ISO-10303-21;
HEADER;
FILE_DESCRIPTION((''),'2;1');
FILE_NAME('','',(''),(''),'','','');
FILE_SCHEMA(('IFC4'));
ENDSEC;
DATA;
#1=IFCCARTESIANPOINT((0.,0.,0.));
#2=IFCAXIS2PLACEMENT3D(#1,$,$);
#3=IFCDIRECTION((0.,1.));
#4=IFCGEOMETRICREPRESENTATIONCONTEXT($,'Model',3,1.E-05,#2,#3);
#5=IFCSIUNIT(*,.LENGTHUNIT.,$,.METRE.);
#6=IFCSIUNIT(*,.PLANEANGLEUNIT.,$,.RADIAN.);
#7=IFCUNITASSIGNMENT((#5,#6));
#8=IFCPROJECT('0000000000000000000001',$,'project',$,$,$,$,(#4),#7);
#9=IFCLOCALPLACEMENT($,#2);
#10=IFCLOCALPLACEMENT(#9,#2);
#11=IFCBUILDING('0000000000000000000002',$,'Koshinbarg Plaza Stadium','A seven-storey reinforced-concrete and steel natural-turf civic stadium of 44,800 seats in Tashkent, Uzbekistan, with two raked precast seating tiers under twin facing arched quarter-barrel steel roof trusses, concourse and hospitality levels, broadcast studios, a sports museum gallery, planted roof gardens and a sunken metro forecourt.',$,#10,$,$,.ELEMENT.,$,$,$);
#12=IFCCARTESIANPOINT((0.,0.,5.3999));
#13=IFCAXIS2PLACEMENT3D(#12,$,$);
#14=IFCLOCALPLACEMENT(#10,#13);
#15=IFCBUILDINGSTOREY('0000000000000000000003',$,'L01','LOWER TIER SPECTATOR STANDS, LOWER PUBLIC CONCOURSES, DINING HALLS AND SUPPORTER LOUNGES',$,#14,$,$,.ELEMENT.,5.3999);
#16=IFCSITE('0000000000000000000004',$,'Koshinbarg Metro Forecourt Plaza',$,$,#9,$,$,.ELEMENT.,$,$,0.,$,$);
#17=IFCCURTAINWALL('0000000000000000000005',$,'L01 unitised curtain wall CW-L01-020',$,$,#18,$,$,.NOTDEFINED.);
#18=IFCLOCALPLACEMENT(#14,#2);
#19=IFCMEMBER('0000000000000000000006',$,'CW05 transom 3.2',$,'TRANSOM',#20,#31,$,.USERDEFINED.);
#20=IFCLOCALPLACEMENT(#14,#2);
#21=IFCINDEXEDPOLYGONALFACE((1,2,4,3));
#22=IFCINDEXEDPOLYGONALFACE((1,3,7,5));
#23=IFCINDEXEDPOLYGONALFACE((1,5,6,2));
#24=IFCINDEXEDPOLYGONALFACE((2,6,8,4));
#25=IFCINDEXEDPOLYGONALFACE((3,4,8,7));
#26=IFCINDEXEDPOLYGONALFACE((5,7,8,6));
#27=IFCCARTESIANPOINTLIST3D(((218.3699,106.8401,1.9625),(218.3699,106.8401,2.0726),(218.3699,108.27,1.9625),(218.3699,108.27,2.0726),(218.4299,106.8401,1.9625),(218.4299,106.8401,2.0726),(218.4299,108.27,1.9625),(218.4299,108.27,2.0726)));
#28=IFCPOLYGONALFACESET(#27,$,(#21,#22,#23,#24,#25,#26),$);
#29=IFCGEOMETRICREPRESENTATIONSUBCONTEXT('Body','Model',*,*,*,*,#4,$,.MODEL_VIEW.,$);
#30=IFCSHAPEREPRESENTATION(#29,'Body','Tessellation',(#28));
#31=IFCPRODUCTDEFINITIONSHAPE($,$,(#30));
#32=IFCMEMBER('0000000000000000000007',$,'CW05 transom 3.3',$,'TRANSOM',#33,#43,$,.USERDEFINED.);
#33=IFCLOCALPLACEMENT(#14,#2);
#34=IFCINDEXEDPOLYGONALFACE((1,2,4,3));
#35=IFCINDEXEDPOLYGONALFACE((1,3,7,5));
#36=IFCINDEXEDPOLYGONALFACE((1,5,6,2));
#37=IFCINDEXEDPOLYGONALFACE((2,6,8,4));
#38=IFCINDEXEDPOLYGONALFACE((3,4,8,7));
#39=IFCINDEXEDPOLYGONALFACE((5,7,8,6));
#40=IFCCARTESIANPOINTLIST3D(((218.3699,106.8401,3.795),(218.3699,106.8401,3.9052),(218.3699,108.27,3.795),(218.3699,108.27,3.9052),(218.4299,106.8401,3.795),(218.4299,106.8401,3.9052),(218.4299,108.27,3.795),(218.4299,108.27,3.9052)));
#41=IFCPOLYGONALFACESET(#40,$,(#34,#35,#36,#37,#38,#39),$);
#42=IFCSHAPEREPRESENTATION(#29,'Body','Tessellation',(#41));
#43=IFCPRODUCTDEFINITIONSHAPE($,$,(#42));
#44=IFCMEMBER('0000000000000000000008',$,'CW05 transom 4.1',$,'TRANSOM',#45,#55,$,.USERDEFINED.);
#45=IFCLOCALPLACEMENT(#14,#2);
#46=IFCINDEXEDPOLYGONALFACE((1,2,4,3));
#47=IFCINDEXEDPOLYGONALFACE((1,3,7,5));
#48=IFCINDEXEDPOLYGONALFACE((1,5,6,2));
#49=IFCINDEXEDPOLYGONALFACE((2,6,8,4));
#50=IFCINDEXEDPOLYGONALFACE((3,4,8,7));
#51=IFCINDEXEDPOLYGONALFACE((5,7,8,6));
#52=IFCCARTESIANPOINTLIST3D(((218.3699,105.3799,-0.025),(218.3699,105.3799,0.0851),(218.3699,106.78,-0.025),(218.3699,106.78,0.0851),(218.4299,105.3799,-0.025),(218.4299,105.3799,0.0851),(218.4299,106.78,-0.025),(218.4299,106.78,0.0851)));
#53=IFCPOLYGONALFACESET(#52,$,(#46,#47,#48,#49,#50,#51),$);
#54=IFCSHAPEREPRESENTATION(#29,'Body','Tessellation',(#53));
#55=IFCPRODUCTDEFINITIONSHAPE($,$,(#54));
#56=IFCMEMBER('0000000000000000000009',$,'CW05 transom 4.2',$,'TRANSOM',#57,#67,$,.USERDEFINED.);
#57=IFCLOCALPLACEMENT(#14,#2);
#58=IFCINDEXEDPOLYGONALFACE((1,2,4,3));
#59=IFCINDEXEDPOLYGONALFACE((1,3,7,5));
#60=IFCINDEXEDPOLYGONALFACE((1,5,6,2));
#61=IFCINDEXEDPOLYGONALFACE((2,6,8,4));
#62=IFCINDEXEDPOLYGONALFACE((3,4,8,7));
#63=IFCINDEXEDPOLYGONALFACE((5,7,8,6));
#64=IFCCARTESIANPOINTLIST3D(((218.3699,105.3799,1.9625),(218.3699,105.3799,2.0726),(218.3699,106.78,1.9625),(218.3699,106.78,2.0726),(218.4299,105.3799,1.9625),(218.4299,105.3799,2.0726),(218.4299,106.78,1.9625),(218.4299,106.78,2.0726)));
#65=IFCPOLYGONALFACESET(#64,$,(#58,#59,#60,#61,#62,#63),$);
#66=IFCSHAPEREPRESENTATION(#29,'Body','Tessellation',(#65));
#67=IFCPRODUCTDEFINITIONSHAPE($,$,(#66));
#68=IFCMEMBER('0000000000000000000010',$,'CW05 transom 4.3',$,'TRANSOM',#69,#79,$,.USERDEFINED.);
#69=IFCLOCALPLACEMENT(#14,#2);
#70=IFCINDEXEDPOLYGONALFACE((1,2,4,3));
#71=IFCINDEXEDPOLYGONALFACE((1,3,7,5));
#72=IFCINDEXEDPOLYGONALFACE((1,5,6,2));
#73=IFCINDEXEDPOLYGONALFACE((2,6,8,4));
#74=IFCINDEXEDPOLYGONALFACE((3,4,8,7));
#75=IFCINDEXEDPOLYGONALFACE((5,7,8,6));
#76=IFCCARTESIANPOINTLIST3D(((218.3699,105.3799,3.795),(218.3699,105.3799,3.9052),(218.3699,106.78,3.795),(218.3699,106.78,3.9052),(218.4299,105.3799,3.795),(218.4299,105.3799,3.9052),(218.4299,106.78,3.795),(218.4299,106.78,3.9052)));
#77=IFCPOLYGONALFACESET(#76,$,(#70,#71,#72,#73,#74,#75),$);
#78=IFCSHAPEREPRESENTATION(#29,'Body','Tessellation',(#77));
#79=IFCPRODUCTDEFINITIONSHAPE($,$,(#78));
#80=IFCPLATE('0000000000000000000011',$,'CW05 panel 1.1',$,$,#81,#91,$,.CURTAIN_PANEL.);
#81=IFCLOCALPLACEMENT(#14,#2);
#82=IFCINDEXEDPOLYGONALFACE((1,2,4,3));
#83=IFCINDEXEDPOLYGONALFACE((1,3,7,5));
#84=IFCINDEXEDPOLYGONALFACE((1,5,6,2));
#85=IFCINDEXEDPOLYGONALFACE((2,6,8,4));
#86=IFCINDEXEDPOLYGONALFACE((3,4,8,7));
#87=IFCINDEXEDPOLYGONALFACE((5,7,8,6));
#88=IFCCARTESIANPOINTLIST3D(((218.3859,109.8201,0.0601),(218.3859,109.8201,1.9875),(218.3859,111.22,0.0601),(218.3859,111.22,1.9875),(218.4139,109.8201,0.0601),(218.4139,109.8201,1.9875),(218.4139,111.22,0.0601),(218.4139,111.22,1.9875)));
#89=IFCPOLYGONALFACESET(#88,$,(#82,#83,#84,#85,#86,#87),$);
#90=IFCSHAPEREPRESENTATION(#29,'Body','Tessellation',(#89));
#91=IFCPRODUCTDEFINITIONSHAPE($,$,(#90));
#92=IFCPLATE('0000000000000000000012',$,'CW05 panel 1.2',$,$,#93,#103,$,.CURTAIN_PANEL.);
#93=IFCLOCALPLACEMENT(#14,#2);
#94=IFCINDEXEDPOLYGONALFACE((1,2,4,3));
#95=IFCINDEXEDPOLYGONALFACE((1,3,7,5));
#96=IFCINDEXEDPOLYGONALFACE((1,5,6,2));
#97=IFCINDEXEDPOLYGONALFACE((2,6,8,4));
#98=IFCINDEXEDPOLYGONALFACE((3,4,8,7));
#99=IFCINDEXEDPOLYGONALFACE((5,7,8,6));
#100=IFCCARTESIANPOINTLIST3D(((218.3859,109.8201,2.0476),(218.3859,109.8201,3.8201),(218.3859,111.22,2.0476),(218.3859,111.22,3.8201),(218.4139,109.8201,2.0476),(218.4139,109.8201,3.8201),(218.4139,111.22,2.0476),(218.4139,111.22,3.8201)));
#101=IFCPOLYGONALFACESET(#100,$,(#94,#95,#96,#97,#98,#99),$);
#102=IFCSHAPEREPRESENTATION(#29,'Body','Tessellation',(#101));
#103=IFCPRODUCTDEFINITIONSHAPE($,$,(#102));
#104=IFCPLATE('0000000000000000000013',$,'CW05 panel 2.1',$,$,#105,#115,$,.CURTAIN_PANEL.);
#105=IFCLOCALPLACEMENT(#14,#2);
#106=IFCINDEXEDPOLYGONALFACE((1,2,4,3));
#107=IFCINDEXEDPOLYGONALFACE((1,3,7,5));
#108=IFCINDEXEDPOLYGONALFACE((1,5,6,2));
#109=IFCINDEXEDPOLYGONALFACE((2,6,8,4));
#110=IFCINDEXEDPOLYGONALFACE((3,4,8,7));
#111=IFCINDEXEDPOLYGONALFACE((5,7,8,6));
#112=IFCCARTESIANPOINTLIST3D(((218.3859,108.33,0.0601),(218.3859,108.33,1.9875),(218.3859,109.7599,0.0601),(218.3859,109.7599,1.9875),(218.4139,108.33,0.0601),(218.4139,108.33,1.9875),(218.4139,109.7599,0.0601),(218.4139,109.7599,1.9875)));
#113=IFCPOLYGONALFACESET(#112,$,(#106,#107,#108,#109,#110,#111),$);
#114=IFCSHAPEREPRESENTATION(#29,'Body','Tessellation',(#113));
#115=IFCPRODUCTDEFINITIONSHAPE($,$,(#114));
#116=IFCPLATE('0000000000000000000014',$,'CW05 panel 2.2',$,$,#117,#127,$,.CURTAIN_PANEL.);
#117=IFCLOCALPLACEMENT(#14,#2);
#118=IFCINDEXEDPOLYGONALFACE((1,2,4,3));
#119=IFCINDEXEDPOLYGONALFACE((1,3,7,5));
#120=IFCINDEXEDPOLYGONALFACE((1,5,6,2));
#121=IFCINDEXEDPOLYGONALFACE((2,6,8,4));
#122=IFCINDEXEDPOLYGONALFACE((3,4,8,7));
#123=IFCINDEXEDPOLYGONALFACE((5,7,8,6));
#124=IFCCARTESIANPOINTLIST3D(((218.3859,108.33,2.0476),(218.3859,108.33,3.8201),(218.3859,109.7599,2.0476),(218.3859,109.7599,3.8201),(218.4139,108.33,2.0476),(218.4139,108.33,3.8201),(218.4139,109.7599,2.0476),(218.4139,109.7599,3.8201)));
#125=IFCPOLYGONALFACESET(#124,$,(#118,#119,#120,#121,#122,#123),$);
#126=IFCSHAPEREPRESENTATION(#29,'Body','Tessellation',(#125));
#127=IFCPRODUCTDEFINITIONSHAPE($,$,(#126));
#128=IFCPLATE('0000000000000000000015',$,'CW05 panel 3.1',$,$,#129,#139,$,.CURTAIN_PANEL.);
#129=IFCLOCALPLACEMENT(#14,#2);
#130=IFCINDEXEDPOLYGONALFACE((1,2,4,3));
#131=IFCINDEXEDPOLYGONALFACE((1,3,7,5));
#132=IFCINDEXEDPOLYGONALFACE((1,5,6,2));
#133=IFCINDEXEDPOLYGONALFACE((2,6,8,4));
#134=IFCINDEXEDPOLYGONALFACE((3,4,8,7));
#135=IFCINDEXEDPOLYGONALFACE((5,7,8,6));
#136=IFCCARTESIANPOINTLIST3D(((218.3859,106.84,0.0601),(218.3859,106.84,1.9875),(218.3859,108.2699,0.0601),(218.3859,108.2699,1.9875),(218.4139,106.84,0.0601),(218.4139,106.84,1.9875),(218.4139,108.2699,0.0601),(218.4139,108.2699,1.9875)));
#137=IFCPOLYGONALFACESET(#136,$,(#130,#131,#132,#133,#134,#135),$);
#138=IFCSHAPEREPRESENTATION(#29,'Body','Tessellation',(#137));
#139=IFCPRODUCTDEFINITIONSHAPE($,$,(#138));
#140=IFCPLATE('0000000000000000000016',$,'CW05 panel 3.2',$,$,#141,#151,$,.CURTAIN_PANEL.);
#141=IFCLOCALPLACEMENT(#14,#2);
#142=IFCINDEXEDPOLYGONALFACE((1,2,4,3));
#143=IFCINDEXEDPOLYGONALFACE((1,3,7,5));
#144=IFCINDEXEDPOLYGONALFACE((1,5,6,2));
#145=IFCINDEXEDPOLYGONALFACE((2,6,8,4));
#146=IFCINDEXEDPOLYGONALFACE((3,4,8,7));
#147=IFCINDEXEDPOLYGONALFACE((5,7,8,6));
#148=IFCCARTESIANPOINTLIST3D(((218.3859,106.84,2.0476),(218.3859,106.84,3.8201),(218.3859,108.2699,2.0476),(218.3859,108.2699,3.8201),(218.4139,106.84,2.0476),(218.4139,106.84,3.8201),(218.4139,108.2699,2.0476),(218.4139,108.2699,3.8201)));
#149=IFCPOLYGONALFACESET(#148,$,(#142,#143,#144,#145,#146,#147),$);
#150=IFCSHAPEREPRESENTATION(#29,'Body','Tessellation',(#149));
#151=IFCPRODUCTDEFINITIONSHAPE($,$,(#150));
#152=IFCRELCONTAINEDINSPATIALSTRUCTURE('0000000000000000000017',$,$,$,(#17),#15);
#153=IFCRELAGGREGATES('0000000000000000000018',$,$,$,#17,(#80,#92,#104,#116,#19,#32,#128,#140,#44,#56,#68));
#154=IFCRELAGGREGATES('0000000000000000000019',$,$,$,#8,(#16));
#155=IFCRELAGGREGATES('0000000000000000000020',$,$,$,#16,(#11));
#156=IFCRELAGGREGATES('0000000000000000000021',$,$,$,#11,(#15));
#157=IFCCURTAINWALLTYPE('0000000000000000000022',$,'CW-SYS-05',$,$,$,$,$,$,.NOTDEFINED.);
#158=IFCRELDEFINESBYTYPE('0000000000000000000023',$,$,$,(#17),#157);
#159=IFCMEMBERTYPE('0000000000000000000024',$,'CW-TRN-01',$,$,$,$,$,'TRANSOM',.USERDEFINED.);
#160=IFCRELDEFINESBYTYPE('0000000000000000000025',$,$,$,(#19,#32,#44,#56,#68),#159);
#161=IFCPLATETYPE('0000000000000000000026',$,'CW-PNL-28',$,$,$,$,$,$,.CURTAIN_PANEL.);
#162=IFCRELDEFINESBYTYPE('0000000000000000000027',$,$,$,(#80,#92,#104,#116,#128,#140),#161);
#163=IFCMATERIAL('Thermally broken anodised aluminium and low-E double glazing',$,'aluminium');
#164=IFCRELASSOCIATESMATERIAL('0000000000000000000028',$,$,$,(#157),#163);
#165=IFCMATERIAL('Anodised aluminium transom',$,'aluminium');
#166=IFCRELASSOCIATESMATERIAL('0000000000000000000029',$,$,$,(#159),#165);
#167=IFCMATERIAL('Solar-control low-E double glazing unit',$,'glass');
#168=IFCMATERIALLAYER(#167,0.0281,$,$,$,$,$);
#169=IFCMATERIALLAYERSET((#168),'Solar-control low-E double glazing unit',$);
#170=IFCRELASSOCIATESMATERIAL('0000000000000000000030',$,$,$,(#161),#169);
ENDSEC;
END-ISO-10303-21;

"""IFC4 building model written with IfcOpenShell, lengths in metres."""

from ifc_helpers import new_model, si_unit, direction, frame, origin, origin_2d, place, context, subcontext, project, spatial, rectangle, extrude, material, layer, layer_set, material_profile, profile_set, type_object, element, aggregate, save


model = new_model("IFC4")

# Units and contexts
model_context = context("Model", 3, precision=1e-05, world=origin(), true_north=direction((0.0, 1.0)))
body_context = subcontext(model_context, "Body", "Model", "MODEL_VIEW")
ifc_project = project(units=[si_unit("LENGTHUNIT", "METRE"), si_unit("PLANEANGLEUNIT", "RADIAN")], contexts=[model_context])

# Site, building, storey
site_placement = place(None, origin())
site = spatial("IfcSite", under=ifc_project, at=site_placement, Name="Koshinbarg Metro Forecourt Plaza", CompositionType="ELEMENT", RefElevation=0.0)
building_placement = place(site_placement, origin())
building = spatial("IfcBuilding", under=site, at=building_placement, Name="Koshinbarg Plaza Stadium", Description="A seven-storey reinforced-concrete and steel natural-turf civic stadium of 44,800 seats in Tashkent, Uzbekistan, with two raked precast seating tiers under twin facing arched quarter-barrel steel roof trusses, concourse and hospitality levels, broadcast studios, a sports museum gallery, planted roof gardens and a sunken metro forecourt.", CompositionType="ELEMENT")
storey_placement = place(building_placement, frame((0.0, 0.0, 5.3999)))
storey = spatial("IfcBuildingStorey", under=building, at=storey_placement, Name="L01", Description="LOWER TIER SPECTATOR STANDS, LOWER PUBLIC CONCOURSES, DINING HALLS AND SUPPORTER LOUNGES", CompositionType="ELEMENT", Elevation=5.3999)

# Curtain wall, members, plates
ifc_material_1 = material(Name="Thermally broken anodised aluminium and low-E double glazing", Category="aluminium")
curtain_wall_type = type_object("IfcCurtainWallType", Name="CW-SYS-05", PredefinedType="NOTDEFINED", material=ifc_material_1)
curtain_wall_placement = place(storey_placement, origin())
curtain_wall = element("IfcCurtainWall", 1, at=curtain_wall_placement, inside=storey, type_object=curtain_wall_type, Name="L01 unitised curtain wall CW-L01-020", PredefinedType="NOTDEFINED")
ifc_material_2 = material(Name="Anodised aluminium transom", Category="aluminium")
ifc_material_profile_1 = material_profile(ifc_material_2, rectangle(XDim=0.0601, YDim=0.1101, at=origin_2d()), Name="ALU 60x110")
ifc_profile_set_1 = profile_set([ifc_material_profile_1], Name="Anodised aluminium transom")
member_type_1 = type_object("IfcMemberType", Name="CW-TRN-01", ElementType="TRANSOM", PredefinedType="USERDEFINED", material=ifc_profile_set_1)
member_1_placement = place(storey_placement, frame((218.3999, 108.27, 2.0176), z_axis=(0.0, -1.0, 0.0), x_axis=(1.0, 0.0, 0.0)))
member_1 = element("IfcMember", 2, at=member_1_placement, type_object=member_type_1, Name="CW05 transom 3.2", ObjectType="TRANSOM", PredefinedType="USERDEFINED", context=body_context, shape_type="SweptSolid", body=[
    extrude(rectangle(XDim=0.0601, YDim=0.1101, at=origin_2d()), origin(), (0.0, 0.0, 1.0), 1.4299),
])
member_2_placement = place(storey_placement, frame((218.3999, 108.27, 3.8501), z_axis=(0.0, -1.0, 0.0), x_axis=(1.0, 0.0, 0.0)))
member_2 = element("IfcMember", 3, at=member_2_placement, type_object=member_type_1, Name="CW05 transom 3.3", ObjectType="TRANSOM", PredefinedType="USERDEFINED", context=body_context, shape_type="SweptSolid", body=[
    extrude(rectangle(XDim=0.0601, YDim=0.1101, at=origin_2d()), origin(), (0.0, 0.0, 1.0), 1.4299),
])
member_3_placement = place(storey_placement, frame((218.3999, 106.78, 0.03), z_axis=(0.0, -1.0, 0.0), x_axis=(1.0, 0.0, 0.0)))
member_3 = element("IfcMember", 4, at=member_3_placement, type_object=member_type_1, Name="CW05 transom 4.1", ObjectType="TRANSOM", PredefinedType="USERDEFINED", context=body_context, shape_type="SweptSolid", body=[
    extrude(rectangle(XDim=0.0601, YDim=0.1101, at=origin_2d()), origin(), (0.0, 0.0, 1.0), 1.4001),
])
member_4_placement = place(storey_placement, frame((218.3999, 106.78, 2.0176), z_axis=(0.0, -1.0, 0.0), x_axis=(1.0, 0.0, 0.0)))
member_4 = element("IfcMember", 5, at=member_4_placement, type_object=member_type_1, Name="CW05 transom 4.2", ObjectType="TRANSOM", PredefinedType="USERDEFINED", context=body_context, shape_type="SweptSolid", body=[
    extrude(rectangle(XDim=0.0601, YDim=0.1101, at=origin_2d()), origin(), (0.0, 0.0, 1.0), 1.4001),
])
member_5_placement = place(storey_placement, frame((218.3999, 106.78, 3.8501), z_axis=(0.0, -1.0, 0.0), x_axis=(1.0, 0.0, 0.0)))
member_5 = element("IfcMember", 6, at=member_5_placement, type_object=member_type_1, Name="CW05 transom 4.3", ObjectType="TRANSOM", PredefinedType="USERDEFINED", context=body_context, shape_type="SweptSolid", body=[
    extrude(rectangle(XDim=0.0601, YDim=0.1101, at=origin_2d()), origin(), (0.0, 0.0, 1.0), 1.4001),
])
ifc_material_3 = material(Name="Solar-control low-E double glazing unit", Category="glass")
ifc_layer = layer(ifc_material_3, 0.0281)
ifc_layer_set = layer_set([ifc_layer], Name="Solar-control low-E double glazing unit")
plate_type = type_object("IfcPlateType", Name="CW-PNL-28", PredefinedType="CURTAIN_PANEL", material=ifc_layer_set)
plate_1_placement = place(storey_placement, frame((218.3999, 110.52, 0.0601), z_axis=(0.0, 0.0, 1.0), x_axis=(0.0, -1.0, 0.0)))
plate_1 = element("IfcPlate", 7, at=plate_1_placement, type_object=plate_type, Name="CW05 panel 1.1", PredefinedType="CURTAIN_PANEL", context=body_context, shape_type="SweptSolid", body=[
    extrude(rectangle(XDim=1.3999, YDim=0.0281, at=origin_2d()), origin(), (0.0, 0.0, 1.0), 1.9275),
])
plate_2_placement = place(storey_placement, frame((218.3999, 110.52, 2.0476), z_axis=(0.0, 0.0, 1.0), x_axis=(0.0, -1.0, 0.0)))
plate_2 = element("IfcPlate", 8, at=plate_2_placement, type_object=plate_type, Name="CW05 panel 1.2", PredefinedType="CURTAIN_PANEL", context=body_context, shape_type="SweptSolid", body=[
    extrude(rectangle(XDim=1.3999, YDim=0.0281, at=origin_2d()), origin(), (0.0, 0.0, 1.0), 1.7725),
])
plate_3_placement = place(storey_placement, frame((218.3999, 109.0449, 0.0601), z_axis=(0.0, 0.0, 1.0), x_axis=(0.0, -1.0, 0.0)))
plate_3 = element("IfcPlate", 9, at=plate_3_placement, type_object=plate_type, Name="CW05 panel 2.1", PredefinedType="CURTAIN_PANEL", context=body_context, shape_type="SweptSolid", body=[
    extrude(rectangle(XDim=1.4299, YDim=0.0281, at=origin_2d()), origin(), (0.0, 0.0, 1.0), 1.9275),
])
plate_4_placement = place(storey_placement, frame((218.3999, 109.0449, 2.0476), z_axis=(0.0, 0.0, 1.0), x_axis=(0.0, -1.0, 0.0)))
plate_4 = element("IfcPlate", 10, at=plate_4_placement, type_object=plate_type, Name="CW05 panel 2.2", PredefinedType="CURTAIN_PANEL", context=body_context, shape_type="SweptSolid", body=[
    extrude(rectangle(XDim=1.4299, YDim=0.0281, at=origin_2d()), origin(), (0.0, 0.0, 1.0), 1.7725),
])
plate_5_placement = place(storey_placement, frame((218.3999, 107.5549, 0.0601), z_axis=(0.0, 0.0, 1.0), x_axis=(0.0, -1.0, 0.0)))
plate_5 = element("IfcPlate", 11, at=plate_5_placement, type_object=plate_type, Name="CW05 panel 3.1", PredefinedType="CURTAIN_PANEL", context=body_context, shape_type="SweptSolid", body=[
    extrude(rectangle(XDim=1.4299, YDim=0.0281, at=origin_2d()), origin(), (0.0, 0.0, 1.0), 1.9275),
])
plate_6_placement = place(storey_placement, frame((218.3999, 107.5549, 2.0476), z_axis=(0.0, 0.0, 1.0), x_axis=(0.0, -1.0, 0.0)))
plate_6 = element("IfcPlate", 12, at=plate_6_placement, type_object=plate_type, Name="CW05 panel 3.2", PredefinedType="CURTAIN_PANEL", context=body_context, shape_type="SweptSolid", body=[
    extrude(rectangle(XDim=1.4299, YDim=0.0281, at=origin_2d()), origin(), (0.0, 0.0, 1.0), 1.7725),
])
aggregate(curtain_wall, [plate_1, plate_2, plate_3, plate_4, member_1, member_2, plate_5, plate_6, member_3, member_4, member_5])

save(model, "model.ifc")
